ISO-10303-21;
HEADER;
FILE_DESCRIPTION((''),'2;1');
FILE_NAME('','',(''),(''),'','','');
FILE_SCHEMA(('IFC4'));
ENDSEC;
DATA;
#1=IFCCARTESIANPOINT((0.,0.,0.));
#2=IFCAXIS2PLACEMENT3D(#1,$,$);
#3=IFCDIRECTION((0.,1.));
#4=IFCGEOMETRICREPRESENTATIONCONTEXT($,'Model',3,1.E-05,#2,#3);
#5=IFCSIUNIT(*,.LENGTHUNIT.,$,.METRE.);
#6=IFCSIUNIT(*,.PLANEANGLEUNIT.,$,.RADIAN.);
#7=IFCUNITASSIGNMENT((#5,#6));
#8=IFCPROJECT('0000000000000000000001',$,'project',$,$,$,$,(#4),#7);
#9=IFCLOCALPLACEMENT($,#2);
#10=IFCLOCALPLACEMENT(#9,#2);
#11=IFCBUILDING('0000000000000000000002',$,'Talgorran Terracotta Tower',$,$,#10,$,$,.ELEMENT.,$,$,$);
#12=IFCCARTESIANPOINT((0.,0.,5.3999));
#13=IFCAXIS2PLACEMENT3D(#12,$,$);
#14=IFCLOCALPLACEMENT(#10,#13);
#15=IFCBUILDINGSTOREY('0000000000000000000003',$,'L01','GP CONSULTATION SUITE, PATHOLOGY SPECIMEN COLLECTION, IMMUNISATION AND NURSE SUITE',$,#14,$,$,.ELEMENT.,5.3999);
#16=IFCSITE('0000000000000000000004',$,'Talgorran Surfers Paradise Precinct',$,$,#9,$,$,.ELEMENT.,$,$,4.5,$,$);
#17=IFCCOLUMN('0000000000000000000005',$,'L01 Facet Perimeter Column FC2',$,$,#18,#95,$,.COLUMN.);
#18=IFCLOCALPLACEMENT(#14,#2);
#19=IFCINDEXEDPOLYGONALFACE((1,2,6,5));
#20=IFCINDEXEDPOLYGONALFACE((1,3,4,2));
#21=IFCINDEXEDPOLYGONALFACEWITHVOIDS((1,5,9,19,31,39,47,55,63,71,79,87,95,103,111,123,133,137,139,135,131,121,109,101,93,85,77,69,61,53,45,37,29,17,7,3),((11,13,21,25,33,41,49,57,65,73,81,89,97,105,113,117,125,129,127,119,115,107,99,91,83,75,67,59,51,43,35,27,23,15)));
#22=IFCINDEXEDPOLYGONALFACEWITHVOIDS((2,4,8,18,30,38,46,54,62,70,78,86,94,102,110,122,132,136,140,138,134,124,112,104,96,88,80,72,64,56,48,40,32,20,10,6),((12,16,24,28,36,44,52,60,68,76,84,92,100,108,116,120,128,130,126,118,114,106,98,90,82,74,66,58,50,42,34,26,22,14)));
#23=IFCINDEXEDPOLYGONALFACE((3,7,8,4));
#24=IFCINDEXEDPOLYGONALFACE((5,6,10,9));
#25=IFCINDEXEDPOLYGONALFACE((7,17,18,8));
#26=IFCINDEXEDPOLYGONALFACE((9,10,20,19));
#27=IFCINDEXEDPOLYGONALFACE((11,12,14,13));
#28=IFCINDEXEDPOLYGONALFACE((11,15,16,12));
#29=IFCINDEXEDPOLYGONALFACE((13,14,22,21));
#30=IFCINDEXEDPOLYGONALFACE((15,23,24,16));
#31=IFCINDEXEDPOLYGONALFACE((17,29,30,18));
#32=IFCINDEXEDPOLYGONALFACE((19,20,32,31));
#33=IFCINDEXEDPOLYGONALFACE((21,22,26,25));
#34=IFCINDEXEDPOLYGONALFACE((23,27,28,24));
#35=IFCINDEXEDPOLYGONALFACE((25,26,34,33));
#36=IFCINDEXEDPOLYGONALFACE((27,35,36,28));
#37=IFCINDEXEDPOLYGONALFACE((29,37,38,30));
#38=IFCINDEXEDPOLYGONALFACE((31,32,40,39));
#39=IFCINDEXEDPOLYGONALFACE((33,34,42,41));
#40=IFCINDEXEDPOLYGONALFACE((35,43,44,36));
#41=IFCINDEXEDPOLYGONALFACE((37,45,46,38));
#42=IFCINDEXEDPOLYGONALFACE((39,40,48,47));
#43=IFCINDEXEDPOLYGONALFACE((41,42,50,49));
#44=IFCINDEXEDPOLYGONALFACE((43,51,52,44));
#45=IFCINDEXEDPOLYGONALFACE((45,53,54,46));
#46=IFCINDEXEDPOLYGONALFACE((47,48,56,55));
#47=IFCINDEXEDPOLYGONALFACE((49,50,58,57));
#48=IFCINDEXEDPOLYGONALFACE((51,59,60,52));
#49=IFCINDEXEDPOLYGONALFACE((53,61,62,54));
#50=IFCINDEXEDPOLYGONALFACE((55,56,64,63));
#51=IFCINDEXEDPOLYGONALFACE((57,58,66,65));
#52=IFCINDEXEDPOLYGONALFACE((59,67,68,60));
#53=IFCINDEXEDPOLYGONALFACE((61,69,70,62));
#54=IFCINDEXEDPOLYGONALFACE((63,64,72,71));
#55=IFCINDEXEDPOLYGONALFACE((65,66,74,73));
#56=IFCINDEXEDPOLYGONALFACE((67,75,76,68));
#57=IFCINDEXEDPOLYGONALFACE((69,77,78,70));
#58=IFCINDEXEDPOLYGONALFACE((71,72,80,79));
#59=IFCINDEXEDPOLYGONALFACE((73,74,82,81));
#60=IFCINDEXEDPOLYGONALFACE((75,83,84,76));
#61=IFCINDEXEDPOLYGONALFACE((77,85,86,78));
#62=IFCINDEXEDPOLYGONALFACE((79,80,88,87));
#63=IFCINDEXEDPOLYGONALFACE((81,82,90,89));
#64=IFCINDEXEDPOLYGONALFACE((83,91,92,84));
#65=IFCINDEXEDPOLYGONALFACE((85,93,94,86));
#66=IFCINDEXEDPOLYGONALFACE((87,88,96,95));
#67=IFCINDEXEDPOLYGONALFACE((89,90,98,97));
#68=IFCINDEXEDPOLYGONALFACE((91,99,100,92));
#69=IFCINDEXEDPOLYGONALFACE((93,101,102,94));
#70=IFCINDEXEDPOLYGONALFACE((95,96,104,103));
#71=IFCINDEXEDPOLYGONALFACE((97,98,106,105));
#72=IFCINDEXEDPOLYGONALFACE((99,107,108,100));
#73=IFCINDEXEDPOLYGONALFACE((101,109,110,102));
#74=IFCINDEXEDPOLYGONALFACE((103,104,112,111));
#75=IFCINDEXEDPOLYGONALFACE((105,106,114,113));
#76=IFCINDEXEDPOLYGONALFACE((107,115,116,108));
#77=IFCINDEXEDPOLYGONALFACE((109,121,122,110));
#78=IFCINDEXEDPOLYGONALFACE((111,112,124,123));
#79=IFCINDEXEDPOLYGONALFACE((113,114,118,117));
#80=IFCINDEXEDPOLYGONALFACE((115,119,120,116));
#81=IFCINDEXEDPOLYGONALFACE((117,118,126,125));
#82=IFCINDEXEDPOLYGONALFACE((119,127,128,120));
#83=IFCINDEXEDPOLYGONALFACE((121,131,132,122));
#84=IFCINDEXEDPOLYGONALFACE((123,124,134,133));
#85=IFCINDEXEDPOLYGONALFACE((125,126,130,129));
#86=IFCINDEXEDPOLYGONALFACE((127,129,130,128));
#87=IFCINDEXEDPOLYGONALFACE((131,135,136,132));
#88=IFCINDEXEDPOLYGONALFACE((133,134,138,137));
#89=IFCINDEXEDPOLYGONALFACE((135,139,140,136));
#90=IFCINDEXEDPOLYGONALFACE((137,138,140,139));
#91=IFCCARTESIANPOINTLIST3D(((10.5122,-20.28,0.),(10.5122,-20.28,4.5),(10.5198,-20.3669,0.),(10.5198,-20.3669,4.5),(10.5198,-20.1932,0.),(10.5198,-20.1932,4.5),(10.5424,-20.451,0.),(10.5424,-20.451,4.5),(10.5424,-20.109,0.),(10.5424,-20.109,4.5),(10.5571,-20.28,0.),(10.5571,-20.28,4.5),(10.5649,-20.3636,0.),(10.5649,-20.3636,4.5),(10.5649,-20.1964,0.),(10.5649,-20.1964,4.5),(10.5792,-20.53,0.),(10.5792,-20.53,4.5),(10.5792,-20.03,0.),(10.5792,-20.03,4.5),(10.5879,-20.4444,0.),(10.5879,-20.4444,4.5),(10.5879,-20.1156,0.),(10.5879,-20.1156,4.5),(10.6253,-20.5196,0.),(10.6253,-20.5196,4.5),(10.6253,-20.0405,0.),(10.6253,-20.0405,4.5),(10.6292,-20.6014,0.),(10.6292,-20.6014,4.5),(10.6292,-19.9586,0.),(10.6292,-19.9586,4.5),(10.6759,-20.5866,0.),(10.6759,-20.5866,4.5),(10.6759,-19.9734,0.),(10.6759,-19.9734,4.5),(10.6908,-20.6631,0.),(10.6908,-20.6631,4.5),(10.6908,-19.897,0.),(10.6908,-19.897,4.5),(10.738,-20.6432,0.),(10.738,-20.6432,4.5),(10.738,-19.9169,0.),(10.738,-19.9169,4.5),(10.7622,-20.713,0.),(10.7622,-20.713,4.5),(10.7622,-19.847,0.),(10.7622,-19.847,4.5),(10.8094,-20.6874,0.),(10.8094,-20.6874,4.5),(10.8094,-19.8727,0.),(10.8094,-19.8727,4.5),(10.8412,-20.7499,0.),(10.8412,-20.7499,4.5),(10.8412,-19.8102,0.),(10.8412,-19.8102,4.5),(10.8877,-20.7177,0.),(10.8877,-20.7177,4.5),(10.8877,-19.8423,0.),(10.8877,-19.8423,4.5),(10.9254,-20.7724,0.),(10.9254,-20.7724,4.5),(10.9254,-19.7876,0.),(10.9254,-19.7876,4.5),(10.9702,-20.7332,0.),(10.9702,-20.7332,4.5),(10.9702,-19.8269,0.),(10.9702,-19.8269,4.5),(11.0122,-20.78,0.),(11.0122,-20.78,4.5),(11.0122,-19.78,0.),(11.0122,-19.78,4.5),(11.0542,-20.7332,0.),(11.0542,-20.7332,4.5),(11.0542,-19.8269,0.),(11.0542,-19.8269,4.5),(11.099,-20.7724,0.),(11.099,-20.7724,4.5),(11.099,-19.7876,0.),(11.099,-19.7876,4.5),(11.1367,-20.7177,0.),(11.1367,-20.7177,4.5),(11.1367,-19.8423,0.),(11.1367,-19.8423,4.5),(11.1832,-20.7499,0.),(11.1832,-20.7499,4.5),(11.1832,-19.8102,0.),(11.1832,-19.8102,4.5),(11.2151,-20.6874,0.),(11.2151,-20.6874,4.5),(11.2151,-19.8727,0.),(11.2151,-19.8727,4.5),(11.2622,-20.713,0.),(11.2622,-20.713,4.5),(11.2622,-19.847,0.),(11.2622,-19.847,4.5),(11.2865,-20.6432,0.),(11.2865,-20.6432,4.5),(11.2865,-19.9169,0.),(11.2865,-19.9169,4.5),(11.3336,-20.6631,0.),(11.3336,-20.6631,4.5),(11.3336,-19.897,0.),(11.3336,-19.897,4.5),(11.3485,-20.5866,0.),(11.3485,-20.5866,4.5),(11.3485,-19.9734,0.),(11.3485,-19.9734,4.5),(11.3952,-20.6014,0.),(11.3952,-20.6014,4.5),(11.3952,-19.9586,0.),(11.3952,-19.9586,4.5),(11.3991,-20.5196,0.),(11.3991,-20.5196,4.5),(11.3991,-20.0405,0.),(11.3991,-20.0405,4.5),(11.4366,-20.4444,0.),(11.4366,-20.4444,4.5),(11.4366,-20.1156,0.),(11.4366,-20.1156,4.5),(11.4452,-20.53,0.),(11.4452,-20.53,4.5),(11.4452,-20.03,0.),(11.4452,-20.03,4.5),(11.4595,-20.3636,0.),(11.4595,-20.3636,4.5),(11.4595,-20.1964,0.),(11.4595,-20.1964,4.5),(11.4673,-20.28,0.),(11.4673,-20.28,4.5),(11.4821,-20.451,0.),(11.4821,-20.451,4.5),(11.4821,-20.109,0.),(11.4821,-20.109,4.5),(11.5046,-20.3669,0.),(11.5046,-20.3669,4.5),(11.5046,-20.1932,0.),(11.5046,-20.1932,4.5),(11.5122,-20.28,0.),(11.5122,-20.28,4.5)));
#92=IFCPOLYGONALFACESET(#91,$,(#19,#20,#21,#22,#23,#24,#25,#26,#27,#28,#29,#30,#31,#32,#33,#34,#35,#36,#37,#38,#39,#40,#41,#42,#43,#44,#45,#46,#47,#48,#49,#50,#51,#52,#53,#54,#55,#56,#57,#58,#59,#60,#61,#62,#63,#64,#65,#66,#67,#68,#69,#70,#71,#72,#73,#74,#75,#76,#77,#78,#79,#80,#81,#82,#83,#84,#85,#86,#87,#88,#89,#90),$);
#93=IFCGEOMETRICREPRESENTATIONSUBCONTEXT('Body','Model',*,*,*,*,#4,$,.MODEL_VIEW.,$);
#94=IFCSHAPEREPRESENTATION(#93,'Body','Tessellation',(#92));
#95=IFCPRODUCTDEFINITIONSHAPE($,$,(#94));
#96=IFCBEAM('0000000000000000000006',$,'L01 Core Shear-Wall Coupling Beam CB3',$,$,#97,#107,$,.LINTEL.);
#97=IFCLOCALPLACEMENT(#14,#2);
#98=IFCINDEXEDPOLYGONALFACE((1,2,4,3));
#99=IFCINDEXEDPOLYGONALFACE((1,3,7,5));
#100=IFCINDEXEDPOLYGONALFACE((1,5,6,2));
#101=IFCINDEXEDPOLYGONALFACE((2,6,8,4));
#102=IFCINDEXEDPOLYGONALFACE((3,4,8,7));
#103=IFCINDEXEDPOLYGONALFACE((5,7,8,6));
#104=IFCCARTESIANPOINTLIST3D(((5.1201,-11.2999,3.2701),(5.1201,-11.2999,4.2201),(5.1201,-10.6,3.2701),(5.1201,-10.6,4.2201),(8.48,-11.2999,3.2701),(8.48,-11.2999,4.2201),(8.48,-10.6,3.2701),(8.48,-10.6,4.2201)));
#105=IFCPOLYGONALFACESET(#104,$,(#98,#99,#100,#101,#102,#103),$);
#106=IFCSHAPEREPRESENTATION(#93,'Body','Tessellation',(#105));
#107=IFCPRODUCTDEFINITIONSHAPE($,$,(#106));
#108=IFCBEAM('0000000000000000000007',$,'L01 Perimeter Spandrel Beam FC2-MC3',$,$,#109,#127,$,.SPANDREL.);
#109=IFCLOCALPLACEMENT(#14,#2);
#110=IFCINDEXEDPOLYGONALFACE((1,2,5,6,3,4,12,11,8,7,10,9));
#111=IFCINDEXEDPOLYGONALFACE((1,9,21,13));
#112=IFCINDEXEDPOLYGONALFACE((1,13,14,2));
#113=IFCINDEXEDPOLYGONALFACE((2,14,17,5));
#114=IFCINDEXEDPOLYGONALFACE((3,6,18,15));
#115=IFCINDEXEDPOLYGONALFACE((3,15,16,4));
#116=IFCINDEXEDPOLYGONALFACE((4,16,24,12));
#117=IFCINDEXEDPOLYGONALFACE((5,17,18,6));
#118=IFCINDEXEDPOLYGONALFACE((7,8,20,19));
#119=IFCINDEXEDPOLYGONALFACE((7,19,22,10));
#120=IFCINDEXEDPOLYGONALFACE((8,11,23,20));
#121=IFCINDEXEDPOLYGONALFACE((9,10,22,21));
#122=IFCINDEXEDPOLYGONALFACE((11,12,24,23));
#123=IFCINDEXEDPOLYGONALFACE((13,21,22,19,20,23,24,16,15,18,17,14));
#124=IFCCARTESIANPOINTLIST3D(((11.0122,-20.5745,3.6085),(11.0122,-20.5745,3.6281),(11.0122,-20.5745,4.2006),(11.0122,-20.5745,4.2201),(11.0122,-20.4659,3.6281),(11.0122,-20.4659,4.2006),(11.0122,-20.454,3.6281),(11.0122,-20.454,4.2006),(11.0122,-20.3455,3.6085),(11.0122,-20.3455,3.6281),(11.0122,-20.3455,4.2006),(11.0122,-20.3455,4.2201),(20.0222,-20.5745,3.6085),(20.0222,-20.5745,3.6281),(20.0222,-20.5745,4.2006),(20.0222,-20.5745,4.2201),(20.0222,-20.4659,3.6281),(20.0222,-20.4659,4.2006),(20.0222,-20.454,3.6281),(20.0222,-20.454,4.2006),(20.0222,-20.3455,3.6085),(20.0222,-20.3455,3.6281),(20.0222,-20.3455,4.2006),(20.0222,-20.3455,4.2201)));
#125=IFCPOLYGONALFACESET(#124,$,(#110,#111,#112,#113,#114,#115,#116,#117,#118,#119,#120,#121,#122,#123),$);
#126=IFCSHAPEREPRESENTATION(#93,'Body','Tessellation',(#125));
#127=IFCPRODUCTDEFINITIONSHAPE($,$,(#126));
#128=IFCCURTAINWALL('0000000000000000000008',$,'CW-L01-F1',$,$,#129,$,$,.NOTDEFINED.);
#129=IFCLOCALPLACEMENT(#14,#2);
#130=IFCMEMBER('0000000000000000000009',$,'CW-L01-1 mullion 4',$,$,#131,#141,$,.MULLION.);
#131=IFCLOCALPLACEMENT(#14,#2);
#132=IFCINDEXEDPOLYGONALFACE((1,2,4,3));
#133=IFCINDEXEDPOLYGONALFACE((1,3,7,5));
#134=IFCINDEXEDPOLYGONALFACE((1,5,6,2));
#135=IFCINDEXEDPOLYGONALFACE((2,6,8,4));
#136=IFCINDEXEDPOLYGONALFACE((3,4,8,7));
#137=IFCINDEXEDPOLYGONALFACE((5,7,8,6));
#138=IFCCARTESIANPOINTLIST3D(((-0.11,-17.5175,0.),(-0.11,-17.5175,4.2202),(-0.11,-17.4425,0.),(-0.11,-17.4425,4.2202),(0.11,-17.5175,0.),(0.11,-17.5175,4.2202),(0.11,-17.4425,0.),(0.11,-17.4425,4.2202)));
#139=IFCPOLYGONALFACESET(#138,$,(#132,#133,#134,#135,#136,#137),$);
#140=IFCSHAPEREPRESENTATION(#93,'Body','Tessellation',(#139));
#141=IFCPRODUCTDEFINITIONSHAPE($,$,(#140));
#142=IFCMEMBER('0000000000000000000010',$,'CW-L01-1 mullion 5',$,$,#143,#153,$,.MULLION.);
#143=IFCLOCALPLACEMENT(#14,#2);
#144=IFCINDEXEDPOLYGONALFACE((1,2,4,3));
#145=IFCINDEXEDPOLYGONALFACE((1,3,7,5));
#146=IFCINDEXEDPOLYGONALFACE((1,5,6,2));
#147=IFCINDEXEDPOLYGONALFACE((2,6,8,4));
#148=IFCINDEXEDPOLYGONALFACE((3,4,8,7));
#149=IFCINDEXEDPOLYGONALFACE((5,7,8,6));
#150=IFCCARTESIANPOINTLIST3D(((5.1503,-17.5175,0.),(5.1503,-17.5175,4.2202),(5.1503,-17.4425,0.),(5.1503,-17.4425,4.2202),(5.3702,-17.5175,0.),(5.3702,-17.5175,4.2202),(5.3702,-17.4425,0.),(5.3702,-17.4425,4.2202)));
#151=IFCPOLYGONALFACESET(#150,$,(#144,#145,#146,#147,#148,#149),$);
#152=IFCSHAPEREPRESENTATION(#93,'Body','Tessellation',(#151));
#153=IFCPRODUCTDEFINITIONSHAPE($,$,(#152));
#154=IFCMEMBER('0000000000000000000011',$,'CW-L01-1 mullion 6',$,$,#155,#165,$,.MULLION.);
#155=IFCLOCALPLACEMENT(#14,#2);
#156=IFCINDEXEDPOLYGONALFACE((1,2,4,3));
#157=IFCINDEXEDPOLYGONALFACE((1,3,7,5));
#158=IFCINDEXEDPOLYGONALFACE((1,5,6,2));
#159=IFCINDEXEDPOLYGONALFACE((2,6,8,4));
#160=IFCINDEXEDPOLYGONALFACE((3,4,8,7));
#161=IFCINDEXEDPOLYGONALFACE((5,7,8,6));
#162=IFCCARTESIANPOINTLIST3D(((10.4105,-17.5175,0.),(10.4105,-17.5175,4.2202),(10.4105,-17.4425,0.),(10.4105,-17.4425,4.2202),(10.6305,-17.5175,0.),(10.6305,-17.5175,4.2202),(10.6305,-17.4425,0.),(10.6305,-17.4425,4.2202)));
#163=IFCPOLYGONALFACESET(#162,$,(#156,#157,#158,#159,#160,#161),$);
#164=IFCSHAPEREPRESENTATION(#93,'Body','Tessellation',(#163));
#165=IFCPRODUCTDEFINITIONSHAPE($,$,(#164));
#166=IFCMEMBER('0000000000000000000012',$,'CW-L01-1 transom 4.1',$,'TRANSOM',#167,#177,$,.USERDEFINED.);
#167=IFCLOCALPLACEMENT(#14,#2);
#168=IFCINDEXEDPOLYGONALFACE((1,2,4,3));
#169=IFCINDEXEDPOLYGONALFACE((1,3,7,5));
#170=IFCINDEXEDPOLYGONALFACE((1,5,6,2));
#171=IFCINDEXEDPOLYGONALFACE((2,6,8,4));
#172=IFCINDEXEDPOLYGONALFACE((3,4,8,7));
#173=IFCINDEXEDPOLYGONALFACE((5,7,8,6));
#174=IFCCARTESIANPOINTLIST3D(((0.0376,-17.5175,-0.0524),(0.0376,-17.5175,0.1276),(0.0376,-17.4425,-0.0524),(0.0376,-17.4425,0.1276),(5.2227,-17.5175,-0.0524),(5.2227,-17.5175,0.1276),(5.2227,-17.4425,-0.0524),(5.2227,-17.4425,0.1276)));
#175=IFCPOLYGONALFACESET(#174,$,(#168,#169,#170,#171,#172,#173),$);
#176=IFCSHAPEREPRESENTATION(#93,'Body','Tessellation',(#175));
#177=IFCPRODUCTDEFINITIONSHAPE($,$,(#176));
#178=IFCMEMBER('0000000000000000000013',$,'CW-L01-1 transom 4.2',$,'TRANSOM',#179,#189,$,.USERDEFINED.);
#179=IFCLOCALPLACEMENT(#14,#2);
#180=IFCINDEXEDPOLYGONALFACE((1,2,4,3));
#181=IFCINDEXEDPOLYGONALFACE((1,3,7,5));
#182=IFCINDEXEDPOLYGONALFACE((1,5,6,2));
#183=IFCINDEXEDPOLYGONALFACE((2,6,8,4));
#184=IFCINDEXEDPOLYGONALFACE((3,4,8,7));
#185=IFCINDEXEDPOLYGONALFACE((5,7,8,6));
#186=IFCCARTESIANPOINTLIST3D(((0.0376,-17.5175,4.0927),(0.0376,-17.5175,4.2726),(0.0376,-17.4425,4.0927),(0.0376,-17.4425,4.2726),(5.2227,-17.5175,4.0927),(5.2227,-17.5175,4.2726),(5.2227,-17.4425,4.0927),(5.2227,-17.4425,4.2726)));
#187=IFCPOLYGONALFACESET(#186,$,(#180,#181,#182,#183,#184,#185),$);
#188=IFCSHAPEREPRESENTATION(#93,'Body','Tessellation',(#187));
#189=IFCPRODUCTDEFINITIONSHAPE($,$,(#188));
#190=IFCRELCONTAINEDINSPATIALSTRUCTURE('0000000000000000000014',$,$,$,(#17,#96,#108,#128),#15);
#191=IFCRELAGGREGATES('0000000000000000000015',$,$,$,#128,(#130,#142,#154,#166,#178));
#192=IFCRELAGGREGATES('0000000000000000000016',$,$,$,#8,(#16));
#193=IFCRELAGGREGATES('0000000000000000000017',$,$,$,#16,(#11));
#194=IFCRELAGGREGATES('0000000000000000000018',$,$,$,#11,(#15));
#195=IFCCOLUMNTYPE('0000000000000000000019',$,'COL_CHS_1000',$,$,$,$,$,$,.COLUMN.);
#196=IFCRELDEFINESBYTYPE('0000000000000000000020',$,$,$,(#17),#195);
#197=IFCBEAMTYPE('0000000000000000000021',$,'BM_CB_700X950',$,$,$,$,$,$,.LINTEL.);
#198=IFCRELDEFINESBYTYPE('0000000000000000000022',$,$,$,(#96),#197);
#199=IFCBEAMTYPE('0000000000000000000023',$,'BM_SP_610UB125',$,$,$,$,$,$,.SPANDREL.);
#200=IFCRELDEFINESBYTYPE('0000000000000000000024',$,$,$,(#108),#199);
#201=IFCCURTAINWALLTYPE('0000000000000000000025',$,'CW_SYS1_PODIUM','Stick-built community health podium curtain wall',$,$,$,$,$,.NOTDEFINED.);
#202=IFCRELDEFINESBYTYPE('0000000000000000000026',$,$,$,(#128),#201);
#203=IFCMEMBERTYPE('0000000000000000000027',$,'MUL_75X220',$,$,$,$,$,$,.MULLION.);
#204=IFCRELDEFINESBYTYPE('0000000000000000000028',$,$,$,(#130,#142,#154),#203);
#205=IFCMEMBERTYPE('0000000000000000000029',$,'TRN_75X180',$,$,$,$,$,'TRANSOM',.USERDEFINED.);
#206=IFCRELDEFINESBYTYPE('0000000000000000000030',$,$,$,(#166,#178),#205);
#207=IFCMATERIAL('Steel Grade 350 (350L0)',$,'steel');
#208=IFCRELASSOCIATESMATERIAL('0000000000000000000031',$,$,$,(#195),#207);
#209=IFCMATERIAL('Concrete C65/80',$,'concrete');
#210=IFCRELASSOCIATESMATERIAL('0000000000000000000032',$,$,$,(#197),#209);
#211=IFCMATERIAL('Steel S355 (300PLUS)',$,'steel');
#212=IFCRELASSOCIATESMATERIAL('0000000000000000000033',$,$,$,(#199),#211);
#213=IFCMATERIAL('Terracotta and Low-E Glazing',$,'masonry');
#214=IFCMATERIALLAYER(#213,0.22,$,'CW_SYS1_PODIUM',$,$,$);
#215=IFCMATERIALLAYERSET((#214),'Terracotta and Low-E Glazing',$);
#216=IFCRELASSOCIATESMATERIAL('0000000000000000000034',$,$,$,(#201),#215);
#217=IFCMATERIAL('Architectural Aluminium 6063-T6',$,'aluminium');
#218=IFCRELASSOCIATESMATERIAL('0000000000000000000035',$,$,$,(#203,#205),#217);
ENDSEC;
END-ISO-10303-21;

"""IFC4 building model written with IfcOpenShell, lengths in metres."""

from ifc_helpers import new_model, si_unit, direction, frame, origin, origin_2d, place, context, subcontext, project, spatial, rectangle, hollow_circle, i_section, extrude, material, layer, layer_set, material_profile, profile_set, type_object, element, aggregate, save


model = new_model("IFC4")

# Units and contexts
model_context = context("Model", 3, precision=1e-05, world=origin(), true_north=direction((0.0, 1.0)))
body_context = subcontext(model_context, "Body", "Model", "MODEL_VIEW")
ifc_project = project(units=[si_unit("LENGTHUNIT", "METRE"), si_unit("PLANEANGLEUNIT", "RADIAN")], contexts=[model_context])

# Site, building, storey
site_placement = place(None, origin())
site = spatial("IfcSite", under=ifc_project, at=site_placement, Name="Talgorran Surfers Paradise Precinct", CompositionType="ELEMENT", RefElevation=4.5)
building_placement = place(site_placement, origin())
building = spatial("IfcBuilding", under=site, at=building_placement, Name="Talgorran Terracotta Tower", CompositionType="ELEMENT")
storey_placement = place(building_placement, frame((0.0, 0.0, 5.3999)))
storey = spatial("IfcBuildingStorey", under=building, at=storey_placement, Name="L01", Description="GP CONSULTATION SUITE, PATHOLOGY SPECIMEN COLLECTION, IMMUNISATION AND NURSE SUITE", CompositionType="ELEMENT", Elevation=5.3999)

# Column
ifc_material_1 = material(Name="Steel Grade 350 (350L0)", Category="steel")
ifc_material_profile_1 = material_profile(ifc_material_1, hollow_circle(Radius=0.5, WallThickness=0.0449, at=origin_2d()), Name="CHS1000X45")
ifc_profile_set_1 = profile_set([ifc_material_profile_1], Name="Steel Grade 350 (350L0)")
column_type = type_object("IfcColumnType", Name="COL_CHS_1000", PredefinedType="COLUMN", material=ifc_profile_set_1)
column_placement = place(storey_placement, frame((11.0122, -20.28, 0.0), z_axis=(0.0, 0.0, 1.0), x_axis=(1.0, 0.0, 0.0)))
element("IfcColumn", 1, at=column_placement, inside=storey, type_object=column_type, Name="L01 Facet Perimeter Column FC2", PredefinedType="COLUMN", context=body_context, shape_type="SweptSolid", body=[
    extrude(hollow_circle(Radius=0.5, WallThickness=0.0449, at=origin_2d()), origin(), (0.0, 0.0, 1.0), 4.5),
])

# Beams
ifc_material_2 = material(Name="Concrete C65/80", Category="concrete")
ifc_material_profile_2 = material_profile(ifc_material_2, rectangle(XDim=0.7, YDim=0.95, at=origin_2d()), Name="RCCB700X950")
ifc_profile_set_2 = profile_set([ifc_material_profile_2], Name="Concrete C65/80")
beam_type_1 = type_object("IfcBeamType", Name="BM_CB_700X950", PredefinedType="LINTEL", material=ifc_profile_set_2)
beam_1_placement = place(storey_placement, frame((5.1201, -10.95, 3.7451), z_axis=(1.0, 0.0, 0.0), x_axis=(0.0, 1.0, 0.0)))
element("IfcBeam", 2, at=beam_1_placement, inside=storey, type_object=beam_type_1, Name="L01 Core Shear-Wall Coupling Beam CB3", PredefinedType="LINTEL", context=body_context, shape_type="SweptSolid", body=[
    extrude(rectangle(XDim=0.7, YDim=0.95, at=origin_2d()), origin(), (0.0, 0.0, 1.0), 3.3599),
])
ifc_material_3 = material(Name="Steel S355 (300PLUS)", Category="steel")
ifc_material_profile_3 = material_profile(ifc_material_3, i_section(OverallWidth=0.229, OverallDepth=0.6116, WebThickness=0.012, FlangeThickness=0.0195, at=origin_2d()), Name="610UB125")
ifc_profile_set_3 = profile_set([ifc_material_profile_3], Name="Steel S355 (300PLUS)")
beam_type_2 = type_object("IfcBeamType", Name="BM_SP_610UB125", PredefinedType="SPANDREL", material=ifc_profile_set_3)
beam_2_placement = place(storey_placement, frame((11.0122, -20.46, 3.9143), z_axis=(1.0, 0.0, 0.0), x_axis=(0.0, 1.0, 0.0)))
element("IfcBeam", 3, at=beam_2_placement, inside=storey, type_object=beam_type_2, Name="L01 Perimeter Spandrel Beam FC2-MC3", PredefinedType="SPANDREL", context=body_context, shape_type="SweptSolid", body=[
    extrude(i_section(OverallWidth=0.229, OverallDepth=0.6116, WebThickness=0.012, FlangeThickness=0.0195, at=origin_2d()), origin(), (0.0, 0.0, 1.0), 9.01),
])

# Curtain wall, members
ifc_material_4 = material(Name="Terracotta and Low-E Glazing", Category="masonry")
ifc_layer_1 = layer(ifc_material_4, 0.22, Name="CW_SYS1_PODIUM")
ifc_layer_set_1 = layer_set([ifc_layer_1], Name="Terracotta and Low-E Glazing")
curtain_wall_type = type_object("IfcCurtainWallType", Name="CW_SYS1_PODIUM", Description="Stick-built community health podium curtain wall", PredefinedType="NOTDEFINED", material=ifc_layer_set_1)
curtain_wall_placement = place(storey_placement, origin())
curtain_wall = element("IfcCurtainWall", 4, at=curtain_wall_placement, inside=storey, type_object=curtain_wall_type, Name="CW-L01-F1", PredefinedType="NOTDEFINED")
ifc_material_5 = material(Name="Architectural Aluminium 6063-T6", Category="aluminium")
ifc_material_profile_4 = material_profile(ifc_material_5, rectangle(XDim=0.075, YDim=0.22, at=origin_2d()), Name="CWM75X220")
ifc_profile_set_4 = profile_set([ifc_material_profile_4], Name="Architectural Aluminium 6063-T6")
member_type_1 = type_object("IfcMemberType", Name="MUL_75X220", PredefinedType="MULLION", material=ifc_profile_set_4)
member_1_placement = place(storey_placement, frame((0.0, -17.48, 0.0), z_axis=(0.0, 0.0, 1.0), x_axis=(0.0, 1.0, 0.0)))
member_1 = element("IfcMember", 5, at=member_1_placement, type_object=member_type_1, Name="CW-L01-1 mullion 4", PredefinedType="MULLION", context=body_context, shape_type="SweptSolid", body=[
    extrude(rectangle(XDim=0.075, YDim=0.22, at=origin_2d()), origin(), (0.0, 0.0, 1.0), 4.2202),
])
member_2_placement = place(storey_placement, frame((5.2603, -17.48, 0.0), z_axis=(0.0, 0.0, 1.0), x_axis=(0.0, 1.0, 0.0)))
member_2 = element("IfcMember", 6, at=member_2_placement, type_object=member_type_1, Name="CW-L01-1 mullion 5", PredefinedType="MULLION", context=body_context, shape_type="SweptSolid", body=[
    extrude(rectangle(XDim=0.075, YDim=0.22, at=origin_2d()), origin(), (0.0, 0.0, 1.0), 4.2202),
])
member_3_placement = place(storey_placement, frame((10.5205, -17.48, 0.0), z_axis=(0.0, 0.0, 1.0), x_axis=(0.0, 1.0, 0.0)))
member_3 = element("IfcMember", 7, at=member_3_placement, type_object=member_type_1, Name="CW-L01-1 mullion 6", PredefinedType="MULLION", context=body_context, shape_type="SweptSolid", body=[
    extrude(rectangle(XDim=0.075, YDim=0.22, at=origin_2d()), origin(), (0.0, 0.0, 1.0), 4.2202),
])
ifc_material_profile_5 = material_profile(ifc_material_5, rectangle(XDim=0.075, YDim=0.1799, at=origin_2d()), Name="CWT75X180")
ifc_profile_set_5 = profile_set([ifc_material_profile_5], Name="Architectural Aluminium 6063-T6")
member_type_2 = type_object("IfcMemberType", Name="TRN_75X180", ElementType="TRANSOM", PredefinedType="USERDEFINED", material=ifc_profile_set_5)
member_4_placement = place(storey_placement, frame((0.0376, -17.48, 0.0376), z_axis=(1.0, 0.0, 0.0), x_axis=(0.0, 1.0, 0.0)))
member_4 = element("IfcMember", 8, at=member_4_placement, type_object=member_type_2, Name="CW-L01-1 transom 4.1", ObjectType="TRANSOM", PredefinedType="USERDEFINED", context=body_context, shape_type="SweptSolid", body=[
    extrude(rectangle(XDim=0.075, YDim=0.1799, at=origin_2d()), origin(), (0.0, 0.0, 1.0), 5.1851),
])
member_5_placement = place(storey_placement, frame((0.0376, -17.48, 4.1826), z_axis=(1.0, 0.0, 0.0), x_axis=(0.0, 1.0, 0.0)))
member_5 = element("IfcMember", 9, at=member_5_placement, type_object=member_type_2, Name="CW-L01-1 transom 4.2", ObjectType="TRANSOM", PredefinedType="USERDEFINED", context=body_context, shape_type="SweptSolid", body=[
    extrude(rectangle(XDim=0.075, YDim=0.1799, at=origin_2d()), origin(), (0.0, 0.0, 1.0), 5.1851),
])
aggregate(curtain_wall, [member_1, member_2, member_3, member_4, member_5])

save(model, "model.ifc")
